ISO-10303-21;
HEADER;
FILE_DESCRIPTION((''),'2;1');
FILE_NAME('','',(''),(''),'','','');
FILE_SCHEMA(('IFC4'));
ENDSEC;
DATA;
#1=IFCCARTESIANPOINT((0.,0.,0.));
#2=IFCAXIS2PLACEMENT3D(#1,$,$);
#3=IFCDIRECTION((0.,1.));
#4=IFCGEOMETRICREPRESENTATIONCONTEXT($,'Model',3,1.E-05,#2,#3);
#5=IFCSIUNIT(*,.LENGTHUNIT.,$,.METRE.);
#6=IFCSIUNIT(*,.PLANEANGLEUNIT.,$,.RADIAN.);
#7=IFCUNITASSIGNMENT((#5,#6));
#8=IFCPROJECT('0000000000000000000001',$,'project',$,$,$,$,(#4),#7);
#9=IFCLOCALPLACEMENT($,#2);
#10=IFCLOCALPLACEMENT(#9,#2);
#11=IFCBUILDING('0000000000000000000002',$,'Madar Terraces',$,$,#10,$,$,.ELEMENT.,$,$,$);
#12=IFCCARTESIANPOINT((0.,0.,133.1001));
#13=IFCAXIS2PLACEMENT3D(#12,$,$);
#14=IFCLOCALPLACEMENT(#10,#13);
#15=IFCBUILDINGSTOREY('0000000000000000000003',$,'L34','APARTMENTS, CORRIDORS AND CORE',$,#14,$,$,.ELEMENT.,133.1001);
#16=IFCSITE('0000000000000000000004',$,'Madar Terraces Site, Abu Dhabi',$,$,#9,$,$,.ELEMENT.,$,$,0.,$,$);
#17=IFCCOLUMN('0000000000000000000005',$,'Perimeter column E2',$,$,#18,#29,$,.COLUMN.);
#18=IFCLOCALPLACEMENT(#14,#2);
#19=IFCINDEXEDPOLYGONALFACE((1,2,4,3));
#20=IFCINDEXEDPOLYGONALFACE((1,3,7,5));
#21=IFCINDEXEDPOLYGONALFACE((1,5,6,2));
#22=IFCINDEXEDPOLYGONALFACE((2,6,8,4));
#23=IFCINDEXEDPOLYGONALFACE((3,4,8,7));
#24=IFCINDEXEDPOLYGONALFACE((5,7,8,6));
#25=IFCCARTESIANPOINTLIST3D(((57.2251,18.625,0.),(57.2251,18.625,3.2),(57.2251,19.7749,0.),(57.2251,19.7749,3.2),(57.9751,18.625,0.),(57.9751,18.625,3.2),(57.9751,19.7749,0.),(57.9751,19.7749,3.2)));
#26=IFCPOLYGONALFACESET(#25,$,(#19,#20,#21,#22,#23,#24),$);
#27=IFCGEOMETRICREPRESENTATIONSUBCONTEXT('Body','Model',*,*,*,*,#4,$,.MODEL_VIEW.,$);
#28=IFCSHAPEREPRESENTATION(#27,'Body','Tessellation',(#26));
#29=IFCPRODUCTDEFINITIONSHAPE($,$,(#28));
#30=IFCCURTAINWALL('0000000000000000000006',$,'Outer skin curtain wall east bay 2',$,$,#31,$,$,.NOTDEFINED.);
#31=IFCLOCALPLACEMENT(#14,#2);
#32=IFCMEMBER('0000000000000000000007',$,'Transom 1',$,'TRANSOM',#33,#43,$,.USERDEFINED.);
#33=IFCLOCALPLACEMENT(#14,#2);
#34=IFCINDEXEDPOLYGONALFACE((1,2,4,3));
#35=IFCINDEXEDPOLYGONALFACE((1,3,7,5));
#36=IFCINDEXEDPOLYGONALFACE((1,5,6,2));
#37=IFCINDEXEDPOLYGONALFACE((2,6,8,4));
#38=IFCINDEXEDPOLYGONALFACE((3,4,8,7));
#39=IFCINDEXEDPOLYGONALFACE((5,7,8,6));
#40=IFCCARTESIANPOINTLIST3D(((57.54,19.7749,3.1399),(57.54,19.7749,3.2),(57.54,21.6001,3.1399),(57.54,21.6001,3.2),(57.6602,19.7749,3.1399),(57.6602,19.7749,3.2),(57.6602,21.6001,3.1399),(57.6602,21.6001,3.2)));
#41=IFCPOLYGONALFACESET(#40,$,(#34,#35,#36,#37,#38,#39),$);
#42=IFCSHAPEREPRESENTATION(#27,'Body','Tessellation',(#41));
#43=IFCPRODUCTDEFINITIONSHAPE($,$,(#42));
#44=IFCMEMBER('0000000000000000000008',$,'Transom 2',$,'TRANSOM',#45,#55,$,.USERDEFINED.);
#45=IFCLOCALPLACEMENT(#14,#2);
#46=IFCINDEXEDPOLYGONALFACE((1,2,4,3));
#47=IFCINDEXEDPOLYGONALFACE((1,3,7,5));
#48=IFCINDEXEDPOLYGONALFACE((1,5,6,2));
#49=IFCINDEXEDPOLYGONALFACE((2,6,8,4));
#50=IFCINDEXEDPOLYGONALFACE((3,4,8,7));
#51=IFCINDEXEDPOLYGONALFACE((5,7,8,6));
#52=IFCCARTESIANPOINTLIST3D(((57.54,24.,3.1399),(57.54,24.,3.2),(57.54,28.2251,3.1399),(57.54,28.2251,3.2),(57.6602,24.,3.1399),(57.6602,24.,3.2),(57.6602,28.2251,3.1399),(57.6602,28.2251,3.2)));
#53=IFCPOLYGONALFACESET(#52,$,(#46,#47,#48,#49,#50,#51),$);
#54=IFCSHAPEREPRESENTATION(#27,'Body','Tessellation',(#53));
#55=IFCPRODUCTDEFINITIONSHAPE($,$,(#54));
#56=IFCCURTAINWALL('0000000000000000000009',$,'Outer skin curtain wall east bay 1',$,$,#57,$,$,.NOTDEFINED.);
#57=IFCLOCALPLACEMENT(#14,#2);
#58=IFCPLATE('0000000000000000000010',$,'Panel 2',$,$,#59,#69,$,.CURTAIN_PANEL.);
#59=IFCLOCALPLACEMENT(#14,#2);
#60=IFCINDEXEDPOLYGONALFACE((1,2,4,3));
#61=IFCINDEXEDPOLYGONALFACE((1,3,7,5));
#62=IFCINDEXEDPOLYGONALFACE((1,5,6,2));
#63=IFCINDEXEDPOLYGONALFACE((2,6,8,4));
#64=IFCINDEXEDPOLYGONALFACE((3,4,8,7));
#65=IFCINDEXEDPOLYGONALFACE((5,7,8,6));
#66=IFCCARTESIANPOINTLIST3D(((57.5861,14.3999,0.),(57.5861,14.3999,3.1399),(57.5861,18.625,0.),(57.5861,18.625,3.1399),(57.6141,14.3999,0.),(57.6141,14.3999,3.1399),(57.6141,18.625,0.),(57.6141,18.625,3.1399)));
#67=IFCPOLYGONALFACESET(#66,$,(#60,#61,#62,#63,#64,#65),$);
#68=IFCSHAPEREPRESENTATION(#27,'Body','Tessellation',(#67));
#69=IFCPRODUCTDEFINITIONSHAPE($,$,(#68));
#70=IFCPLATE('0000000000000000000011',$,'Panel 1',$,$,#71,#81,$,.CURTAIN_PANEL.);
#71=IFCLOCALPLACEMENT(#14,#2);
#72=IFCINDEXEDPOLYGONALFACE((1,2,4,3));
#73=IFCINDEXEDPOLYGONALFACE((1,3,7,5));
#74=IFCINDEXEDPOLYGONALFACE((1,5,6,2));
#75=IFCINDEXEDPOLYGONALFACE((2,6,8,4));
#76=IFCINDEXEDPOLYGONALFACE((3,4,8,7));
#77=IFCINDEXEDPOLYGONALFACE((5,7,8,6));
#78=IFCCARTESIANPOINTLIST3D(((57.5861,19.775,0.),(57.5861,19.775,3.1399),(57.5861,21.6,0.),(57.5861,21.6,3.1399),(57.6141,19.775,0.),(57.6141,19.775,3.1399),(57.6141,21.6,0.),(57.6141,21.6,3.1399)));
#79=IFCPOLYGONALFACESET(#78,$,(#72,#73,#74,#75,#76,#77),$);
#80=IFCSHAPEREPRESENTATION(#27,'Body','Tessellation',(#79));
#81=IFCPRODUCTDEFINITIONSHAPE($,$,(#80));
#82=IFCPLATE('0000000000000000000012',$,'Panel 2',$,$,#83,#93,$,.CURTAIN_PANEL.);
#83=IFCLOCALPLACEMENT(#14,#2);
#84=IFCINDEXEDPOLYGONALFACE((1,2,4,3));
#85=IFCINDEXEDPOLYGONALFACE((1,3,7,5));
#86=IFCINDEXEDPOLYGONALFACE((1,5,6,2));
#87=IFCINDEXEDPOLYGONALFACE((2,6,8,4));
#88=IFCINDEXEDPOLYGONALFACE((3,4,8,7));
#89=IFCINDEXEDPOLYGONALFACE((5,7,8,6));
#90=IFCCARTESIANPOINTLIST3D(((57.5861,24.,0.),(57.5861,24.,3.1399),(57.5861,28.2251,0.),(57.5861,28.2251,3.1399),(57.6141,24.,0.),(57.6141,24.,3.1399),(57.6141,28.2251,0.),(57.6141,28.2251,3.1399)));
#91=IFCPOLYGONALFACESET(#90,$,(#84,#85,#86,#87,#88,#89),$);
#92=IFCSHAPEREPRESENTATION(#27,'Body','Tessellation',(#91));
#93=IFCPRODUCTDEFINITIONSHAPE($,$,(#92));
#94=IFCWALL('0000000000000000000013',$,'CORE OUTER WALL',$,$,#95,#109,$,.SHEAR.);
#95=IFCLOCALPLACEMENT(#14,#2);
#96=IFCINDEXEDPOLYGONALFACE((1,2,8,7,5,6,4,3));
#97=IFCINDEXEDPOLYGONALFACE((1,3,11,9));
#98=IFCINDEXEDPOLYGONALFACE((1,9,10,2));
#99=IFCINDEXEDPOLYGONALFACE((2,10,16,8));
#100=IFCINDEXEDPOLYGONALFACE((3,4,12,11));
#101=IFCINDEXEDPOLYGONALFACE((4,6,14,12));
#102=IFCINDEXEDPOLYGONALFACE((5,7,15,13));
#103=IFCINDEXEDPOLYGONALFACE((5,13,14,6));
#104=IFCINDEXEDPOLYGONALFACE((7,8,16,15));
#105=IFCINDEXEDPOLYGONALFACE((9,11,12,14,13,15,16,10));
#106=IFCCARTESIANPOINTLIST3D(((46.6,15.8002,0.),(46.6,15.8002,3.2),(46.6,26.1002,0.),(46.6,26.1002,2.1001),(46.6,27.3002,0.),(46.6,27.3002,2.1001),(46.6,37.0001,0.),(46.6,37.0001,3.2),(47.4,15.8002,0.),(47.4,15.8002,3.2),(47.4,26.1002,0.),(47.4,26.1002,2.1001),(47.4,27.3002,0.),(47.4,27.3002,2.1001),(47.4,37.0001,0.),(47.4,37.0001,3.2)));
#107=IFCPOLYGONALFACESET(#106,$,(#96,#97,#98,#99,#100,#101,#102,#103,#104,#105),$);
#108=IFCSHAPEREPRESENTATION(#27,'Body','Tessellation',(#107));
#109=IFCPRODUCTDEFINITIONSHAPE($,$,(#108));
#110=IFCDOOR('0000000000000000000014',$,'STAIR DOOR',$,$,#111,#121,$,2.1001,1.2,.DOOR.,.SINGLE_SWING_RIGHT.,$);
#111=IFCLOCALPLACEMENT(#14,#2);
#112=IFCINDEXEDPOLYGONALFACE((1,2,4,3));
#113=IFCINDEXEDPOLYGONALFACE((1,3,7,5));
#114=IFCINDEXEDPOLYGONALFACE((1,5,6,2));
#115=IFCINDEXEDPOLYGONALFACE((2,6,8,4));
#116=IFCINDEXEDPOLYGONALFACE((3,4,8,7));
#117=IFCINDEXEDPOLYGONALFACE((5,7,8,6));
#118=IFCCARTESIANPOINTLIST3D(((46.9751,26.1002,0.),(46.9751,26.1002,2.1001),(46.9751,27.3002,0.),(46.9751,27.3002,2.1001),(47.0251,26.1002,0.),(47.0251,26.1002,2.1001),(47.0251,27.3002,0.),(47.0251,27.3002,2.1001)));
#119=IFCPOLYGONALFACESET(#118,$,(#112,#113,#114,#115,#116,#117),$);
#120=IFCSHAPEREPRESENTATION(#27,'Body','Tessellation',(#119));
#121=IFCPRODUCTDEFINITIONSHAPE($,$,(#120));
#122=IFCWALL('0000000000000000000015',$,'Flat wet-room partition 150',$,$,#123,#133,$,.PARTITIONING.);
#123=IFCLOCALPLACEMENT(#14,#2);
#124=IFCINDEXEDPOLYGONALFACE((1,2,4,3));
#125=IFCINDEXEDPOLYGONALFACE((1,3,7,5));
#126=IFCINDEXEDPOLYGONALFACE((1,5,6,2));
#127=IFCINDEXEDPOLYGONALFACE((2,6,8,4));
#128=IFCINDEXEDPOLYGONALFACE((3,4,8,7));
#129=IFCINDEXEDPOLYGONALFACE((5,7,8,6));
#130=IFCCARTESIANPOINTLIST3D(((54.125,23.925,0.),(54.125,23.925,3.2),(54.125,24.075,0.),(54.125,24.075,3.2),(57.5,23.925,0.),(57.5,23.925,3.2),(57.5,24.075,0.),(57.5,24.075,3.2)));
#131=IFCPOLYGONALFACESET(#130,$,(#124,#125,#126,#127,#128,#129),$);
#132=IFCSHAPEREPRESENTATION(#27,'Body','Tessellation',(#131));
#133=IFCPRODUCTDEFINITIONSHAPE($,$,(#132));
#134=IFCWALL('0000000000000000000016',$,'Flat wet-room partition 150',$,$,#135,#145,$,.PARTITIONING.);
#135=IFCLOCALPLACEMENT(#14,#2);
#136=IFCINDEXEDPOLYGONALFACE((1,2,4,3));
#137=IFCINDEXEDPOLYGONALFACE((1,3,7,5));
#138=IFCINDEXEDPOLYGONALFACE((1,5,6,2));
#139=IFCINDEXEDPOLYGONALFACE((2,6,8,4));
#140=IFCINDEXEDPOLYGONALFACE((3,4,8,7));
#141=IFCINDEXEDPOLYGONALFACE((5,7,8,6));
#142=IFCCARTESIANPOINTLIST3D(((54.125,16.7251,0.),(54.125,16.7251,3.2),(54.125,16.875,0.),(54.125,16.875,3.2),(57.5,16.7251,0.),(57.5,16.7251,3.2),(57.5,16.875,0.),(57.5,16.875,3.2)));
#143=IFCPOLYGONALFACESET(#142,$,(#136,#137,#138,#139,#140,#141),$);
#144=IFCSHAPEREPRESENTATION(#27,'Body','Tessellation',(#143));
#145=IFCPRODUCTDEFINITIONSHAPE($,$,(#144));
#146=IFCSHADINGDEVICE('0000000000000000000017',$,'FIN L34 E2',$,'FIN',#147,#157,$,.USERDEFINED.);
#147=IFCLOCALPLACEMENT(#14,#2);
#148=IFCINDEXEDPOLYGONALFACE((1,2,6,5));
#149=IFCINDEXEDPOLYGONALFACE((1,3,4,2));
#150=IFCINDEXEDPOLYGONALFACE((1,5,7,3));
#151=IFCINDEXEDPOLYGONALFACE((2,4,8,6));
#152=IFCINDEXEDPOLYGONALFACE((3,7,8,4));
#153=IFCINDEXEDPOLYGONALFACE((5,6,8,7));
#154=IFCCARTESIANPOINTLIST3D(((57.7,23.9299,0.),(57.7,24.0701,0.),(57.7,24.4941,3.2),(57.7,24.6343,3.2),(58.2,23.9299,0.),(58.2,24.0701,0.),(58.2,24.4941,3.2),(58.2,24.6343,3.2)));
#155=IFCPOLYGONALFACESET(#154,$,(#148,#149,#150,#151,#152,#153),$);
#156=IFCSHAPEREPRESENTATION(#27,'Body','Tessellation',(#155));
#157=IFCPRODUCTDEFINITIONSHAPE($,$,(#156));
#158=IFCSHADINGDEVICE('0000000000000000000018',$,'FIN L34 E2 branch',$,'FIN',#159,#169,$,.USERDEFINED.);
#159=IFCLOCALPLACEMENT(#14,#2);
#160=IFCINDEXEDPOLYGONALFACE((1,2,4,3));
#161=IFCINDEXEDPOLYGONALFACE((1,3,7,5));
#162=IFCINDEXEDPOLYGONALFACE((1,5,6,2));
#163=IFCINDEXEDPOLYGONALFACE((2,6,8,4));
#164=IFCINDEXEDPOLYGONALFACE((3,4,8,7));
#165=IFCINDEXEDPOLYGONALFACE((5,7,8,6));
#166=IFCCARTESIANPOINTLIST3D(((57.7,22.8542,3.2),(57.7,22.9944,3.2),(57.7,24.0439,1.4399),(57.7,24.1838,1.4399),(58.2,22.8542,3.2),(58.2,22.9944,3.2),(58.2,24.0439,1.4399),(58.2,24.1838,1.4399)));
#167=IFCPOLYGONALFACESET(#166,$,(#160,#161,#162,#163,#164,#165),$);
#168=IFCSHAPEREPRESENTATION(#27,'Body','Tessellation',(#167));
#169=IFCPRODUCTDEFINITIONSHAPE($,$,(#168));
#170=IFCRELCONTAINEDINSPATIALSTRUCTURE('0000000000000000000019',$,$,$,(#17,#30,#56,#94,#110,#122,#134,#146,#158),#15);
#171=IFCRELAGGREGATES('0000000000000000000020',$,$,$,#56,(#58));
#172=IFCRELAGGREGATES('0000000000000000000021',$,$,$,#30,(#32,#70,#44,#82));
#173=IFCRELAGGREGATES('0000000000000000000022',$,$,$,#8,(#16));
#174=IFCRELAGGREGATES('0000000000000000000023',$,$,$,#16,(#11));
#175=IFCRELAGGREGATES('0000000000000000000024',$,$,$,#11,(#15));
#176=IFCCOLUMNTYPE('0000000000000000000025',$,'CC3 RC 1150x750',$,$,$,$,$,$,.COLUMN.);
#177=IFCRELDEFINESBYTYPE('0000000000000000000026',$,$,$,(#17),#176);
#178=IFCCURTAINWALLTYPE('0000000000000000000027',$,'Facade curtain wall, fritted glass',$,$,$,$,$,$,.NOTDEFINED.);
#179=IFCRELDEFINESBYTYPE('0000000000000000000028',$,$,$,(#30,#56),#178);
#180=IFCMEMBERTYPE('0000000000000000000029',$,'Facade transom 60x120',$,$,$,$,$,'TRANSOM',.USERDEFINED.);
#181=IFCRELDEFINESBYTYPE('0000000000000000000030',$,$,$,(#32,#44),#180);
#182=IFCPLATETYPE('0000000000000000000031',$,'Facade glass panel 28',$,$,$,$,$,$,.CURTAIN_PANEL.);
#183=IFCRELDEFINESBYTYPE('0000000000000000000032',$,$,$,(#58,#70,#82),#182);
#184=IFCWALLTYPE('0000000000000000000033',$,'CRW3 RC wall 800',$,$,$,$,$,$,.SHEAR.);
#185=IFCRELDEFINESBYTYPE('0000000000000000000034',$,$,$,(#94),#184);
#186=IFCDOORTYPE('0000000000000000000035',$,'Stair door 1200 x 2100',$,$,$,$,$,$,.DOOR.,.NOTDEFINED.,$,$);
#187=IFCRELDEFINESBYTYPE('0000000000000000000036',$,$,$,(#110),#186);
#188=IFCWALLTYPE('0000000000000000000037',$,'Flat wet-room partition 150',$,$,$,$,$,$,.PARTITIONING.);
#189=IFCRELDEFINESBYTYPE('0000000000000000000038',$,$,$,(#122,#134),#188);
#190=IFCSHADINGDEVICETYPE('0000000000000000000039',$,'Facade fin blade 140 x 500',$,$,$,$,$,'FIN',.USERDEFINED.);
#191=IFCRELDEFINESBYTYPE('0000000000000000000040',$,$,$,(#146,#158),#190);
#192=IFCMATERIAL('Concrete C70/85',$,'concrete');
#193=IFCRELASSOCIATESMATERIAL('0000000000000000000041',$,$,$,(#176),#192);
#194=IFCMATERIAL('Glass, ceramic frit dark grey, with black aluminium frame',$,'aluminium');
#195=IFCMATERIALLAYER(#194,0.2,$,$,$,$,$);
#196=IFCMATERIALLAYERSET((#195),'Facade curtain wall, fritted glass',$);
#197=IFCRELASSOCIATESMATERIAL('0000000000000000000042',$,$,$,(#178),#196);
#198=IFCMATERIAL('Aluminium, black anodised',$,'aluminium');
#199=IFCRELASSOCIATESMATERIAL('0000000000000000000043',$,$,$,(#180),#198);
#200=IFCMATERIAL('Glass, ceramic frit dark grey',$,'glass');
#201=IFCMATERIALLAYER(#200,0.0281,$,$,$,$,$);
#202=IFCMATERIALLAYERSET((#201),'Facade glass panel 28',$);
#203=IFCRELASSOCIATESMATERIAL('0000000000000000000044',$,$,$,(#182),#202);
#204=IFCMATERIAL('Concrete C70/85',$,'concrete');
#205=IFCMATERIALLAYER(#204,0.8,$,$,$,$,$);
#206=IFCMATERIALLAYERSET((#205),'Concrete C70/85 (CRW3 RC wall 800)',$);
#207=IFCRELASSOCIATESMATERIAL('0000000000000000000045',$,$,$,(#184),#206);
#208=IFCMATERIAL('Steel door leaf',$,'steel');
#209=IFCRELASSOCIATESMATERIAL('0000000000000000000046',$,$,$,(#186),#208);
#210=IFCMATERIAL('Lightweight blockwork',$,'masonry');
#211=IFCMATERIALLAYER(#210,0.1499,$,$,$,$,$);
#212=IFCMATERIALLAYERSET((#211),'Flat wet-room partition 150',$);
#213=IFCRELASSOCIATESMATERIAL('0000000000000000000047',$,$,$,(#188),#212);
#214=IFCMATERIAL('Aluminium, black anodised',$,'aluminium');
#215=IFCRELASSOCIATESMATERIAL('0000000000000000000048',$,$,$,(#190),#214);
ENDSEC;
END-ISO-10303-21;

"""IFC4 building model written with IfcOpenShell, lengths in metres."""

from ifc_helpers import new_model, si_unit, direction, frame, frame_2d, origin, origin_2d, place, context, subcontext, project, spatial, polyline, rectangle, outline, extrude, material, layer, layer_set, material_profile, profile_set, type_object, element, fill, aggregate, save


model = new_model("IFC4")

# Units and contexts
model_context = context("Model", 3, precision=1e-05, world=origin(), true_north=direction((0.0, 1.0)))
body_context = subcontext(model_context, "Body", "Model", "MODEL_VIEW")
ifc_project = project(units=[si_unit("LENGTHUNIT", "METRE"), si_unit("PLANEANGLEUNIT", "RADIAN")], contexts=[model_context])

# Site, building, storey
site_placement = place(None, origin())
site = spatial("IfcSite", under=ifc_project, at=site_placement, Name="Madar Terraces Site, Abu Dhabi", CompositionType="ELEMENT", RefElevation=0.0)
building_placement = place(site_placement, origin())
building = spatial("IfcBuilding", under=site, at=building_placement, Name="Madar Terraces", CompositionType="ELEMENT")
storey_placement = place(building_placement, frame((0.0, 0.0, 133.1001)))
storey = spatial("IfcBuildingStorey", under=building, at=storey_placement, Name="L34", Description="APARTMENTS, CORRIDORS AND CORE", CompositionType="ELEMENT", Elevation=133.1001)

# Column
ifc_material_1 = material(Name="Concrete C70/85", Category="concrete")
ifc_material_profile_1 = material_profile(ifc_material_1, rectangle(XDim=1.1499, YDim=0.75, at=origin_2d()), Name="CC3 RC 1150x750")
ifc_profile_set_1 = profile_set([ifc_material_profile_1], Name="Concrete C70/85")
column_type = type_object("IfcColumnType", Name="CC3 RC 1150x750", PredefinedType="COLUMN", material=ifc_profile_set_1)
column_placement = place(storey_placement, frame((57.6001, 19.2, 0.0), z_axis=(0.0, 0.0, 1.0), x_axis=(0.0, 1.0, 0.0)))
element("IfcColumn", 1, at=column_placement, inside=storey, type_object=column_type, Name="Perimeter column E2", PredefinedType="COLUMN", context=body_context, shape_type="SweptSolid", body=[
    extrude(rectangle(XDim=1.1499, YDim=0.75, at=origin_2d()), origin(), (0.0, 0.0, 1.0), 3.2),
])

# Curtain wall, members
ifc_material_2 = material(Name="Glass, ceramic frit dark grey, with black aluminium frame", Category="aluminium")
ifc_layer_1 = layer(ifc_material_2, 0.2)
ifc_layer_set_1 = layer_set([ifc_layer_1], Name="Facade curtain wall, fritted glass")
curtain_wall_type = type_object("IfcCurtainWallType", Name="Facade curtain wall, fritted glass", PredefinedType="NOTDEFINED", material=ifc_layer_set_1)
curtain_wall_1_placement = place(storey_placement, origin())
curtain_wall_1 = element("IfcCurtainWall", 2, at=curtain_wall_1_placement, inside=storey, type_object=curtain_wall_type, Name="Outer skin curtain wall east bay 2", PredefinedType="NOTDEFINED")
ifc_material_3 = material(Name="Aluminium, black anodised", Category="aluminium")
ifc_material_profile_2 = material_profile(ifc_material_3, rectangle(XDim=0.1201, YDim=0.0601, at=origin_2d()), Name="Facade transom 60x120")
ifc_profile_set_2 = profile_set([ifc_material_profile_2], Name="Aluminium, black anodised")
member_type = type_object("IfcMemberType", Name="Facade transom 60x120", ElementType="TRANSOM", PredefinedType="USERDEFINED", material=ifc_profile_set_2)
member_1_placement = place(storey_placement, frame((57.6001, 19.7749, 3.1699), z_axis=(0.0, 1.0, 0.0), x_axis=(-1.0, 0.0, 0.0)))
member_1 = element("IfcMember", 3, at=member_1_placement, type_object=member_type, Name="Transom 1", ObjectType="TRANSOM", PredefinedType="USERDEFINED", context=body_context, shape_type="SweptSolid", body=[
    extrude(rectangle(XDim=0.1201, YDim=0.0601, at=origin_2d()), origin(), (0.0, 0.0, 1.0), 1.8252),
])
member_2_placement = place(storey_placement, frame((57.6001, 24.0, 3.1699), z_axis=(0.0, 1.0, 0.0), x_axis=(-1.0, 0.0, 0.0)))
member_2 = element("IfcMember", 4, at=member_2_placement, type_object=member_type, Name="Transom 2", ObjectType="TRANSOM", PredefinedType="USERDEFINED", context=body_context, shape_type="SweptSolid", body=[
    extrude(rectangle(XDim=0.1201, YDim=0.0601, at=origin_2d()), origin(), (0.0, 0.0, 1.0), 4.2251),
])

# Curtain wall, plate
curtain_wall_2_placement = place(storey_placement, origin())
curtain_wall_2 = element("IfcCurtainWall", 5, at=curtain_wall_2_placement, inside=storey, type_object=curtain_wall_type, Name="Outer skin curtain wall east bay 1", PredefinedType="NOTDEFINED")
ifc_material_4 = material(Name="Glass, ceramic frit dark grey", Category="glass")
ifc_layer_2 = layer(ifc_material_4, 0.0281)
ifc_layer_set_2 = layer_set([ifc_layer_2], Name="Facade glass panel 28")
plate_type = type_object("IfcPlateType", Name="Facade glass panel 28", PredefinedType="CURTAIN_PANEL", material=ifc_layer_set_2)
plate_1_placement = place(storey_placement, frame((57.6001, 16.5125, 0.0), z_axis=(0.0, 0.0, 1.0), x_axis=(0.0, 1.0, 0.0)))
plate_1 = element("IfcPlate", 6, at=plate_1_placement, type_object=plate_type, Name="Panel 2", PredefinedType="CURTAIN_PANEL", context=body_context, shape_type="SweptSolid", body=[
    extrude(rectangle(XDim=4.2251, YDim=0.0281, at=origin_2d()), origin(), (0.0, 0.0, 1.0), 3.1399),
])
aggregate(curtain_wall_2, [plate_1])

# Plates
plate_2_placement = place(storey_placement, frame((57.6001, 20.6875, 0.0), z_axis=(0.0, 0.0, 1.0), x_axis=(0.0, 1.0, 0.0)))
plate_2 = element("IfcPlate", 7, at=plate_2_placement, type_object=plate_type, Name="Panel 1", PredefinedType="CURTAIN_PANEL", context=body_context, shape_type="SweptSolid", body=[
    extrude(rectangle(XDim=1.825, YDim=0.0281, at=origin_2d()), origin(), (0.0, 0.0, 1.0), 3.1399),
])
plate_3_placement = place(storey_placement, frame((57.6001, 26.1125, 0.0), z_axis=(0.0, 0.0, 1.0), x_axis=(0.0, 1.0, 0.0)))
plate_3 = element("IfcPlate", 8, at=plate_3_placement, type_object=plate_type, Name="Panel 2", PredefinedType="CURTAIN_PANEL", context=body_context, shape_type="SweptSolid", body=[
    extrude(rectangle(XDim=4.2251, YDim=0.0281, at=origin_2d()), origin(), (0.0, 0.0, 1.0), 3.1399),
])
aggregate(curtain_wall_1, [member_1, plate_2, member_2, plate_3])

# Wall, opening, door
ifc_material_5 = material(Name="Concrete C70/85", Category="concrete")
ifc_layer_3 = layer(ifc_material_5, 0.8)
ifc_layer_set_3 = layer_set([ifc_layer_3], Name="Concrete C70/85 (CRW3 RC wall 800)")
wall_type_1 = type_object("IfcWallType", Name="CRW3 RC wall 800", PredefinedType="SHEAR", material=ifc_layer_set_3)
wall_1_placement = place(storey_placement, frame((47.0, 15.8, 0.0), z_axis=(0.0, 0.0, 1.0), x_axis=(0.0, 1.0, 0.0)))
wall_1 = element("IfcWall", 9, at=wall_1_placement, inside=storey, type_object=wall_type_1, Name="CORE OUTER WALL", PredefinedType="SHEAR", context=body_context, shape_type="SweptSolid", body=[
    extrude(rectangle(XDim=21.2, YDim=0.8, at=frame_2d((10.6001, 0.0))), origin(), (0.0, 0.0, 1.0), 3.2),
])
opening_1_placement = place(wall_1_placement, frame((10.3, 0.0, 0.0)))
opening_1 = element("IfcOpeningElement", 10, at=opening_1_placement, cuts=wall_1, PredefinedType="OPENING", context=body_context, shape_type="SweptSolid", body=[
    extrude(rectangle(XDim=1.2, YDim=2.1001, at=frame_2d((0.6001, 1.05))), frame((0.0, 0.4099, 0.0), z_axis=(0.0, -1.0, 0.0), x_axis=(1.0, 0.0, 0.0)), (0.0, 0.0, 1.0), 0.8201),
])
ifc_material_6 = material(Name="Steel door leaf", Category="steel")
door_type_1 = type_object("IfcDoorType", Name="Stair door 1200 x 2100", OperationType="NOTDEFINED", PredefinedType="DOOR", material=ifc_material_6)
door_1_placement = place(opening_1_placement, origin())
door_1 = element("IfcDoor", 11, at=door_1_placement, inside=storey, type_object=door_type_1, Name="STAIR DOOR", OperationType="SINGLE_SWING_RIGHT", OverallHeight=2.1001, OverallWidth=1.2, PredefinedType="DOOR", context=body_context, shape_type="SweptSolid", body=[
    extrude(rectangle(XDim=1.2, YDim=2.1001, at=frame_2d((0.6001, 1.05))), frame((0.0, 0.0249, 0.0), z_axis=(0.0, -1.0, 0.0), x_axis=(1.0, 0.0, 0.0)), (0.0, 0.0, 1.0), 0.05),
])
fill(opening_1, door_1)

# Walls
ifc_material_7 = material(Name="Lightweight blockwork", Category="masonry")
ifc_layer_4 = layer(ifc_material_7, 0.1499)
ifc_layer_set_4 = layer_set([ifc_layer_4], Name="Flat wet-room partition 150")
wall_type_2 = type_object("IfcWallType", Name="Flat wet-room partition 150", PredefinedType="PARTITIONING", material=ifc_layer_set_4)
for number, where, z_axis, x_axis, name in (
    (12, (54.125, 24.0, 0.0), (0.0, 0.0, 1.0), (1.0, 0.0, 0.0), "Flat wet-room partition 150"),
    (13, (54.125, 16.8, 0.0), (0.0, 0.0, 1.0), (1.0, 0.0, 0.0), "Flat wet-room partition 150"),
):
    element("IfcWall", number, at=place(storey_placement, frame(where, z_axis=z_axis, x_axis=x_axis)), inside=storey, type_object=wall_type_2, Name=name, PredefinedType="PARTITIONING", context=body_context, shape_type="SweptSolid", body=[
        extrude(rectangle(XDim=3.375, YDim=0.1499, at=frame_2d((1.6875, 0.0))), origin(), (0.0, 0.0, 1.0), 3.2),
    ])

# Shading devices
ifc_material_8 = material(Name="Aluminium, black anodised", Category="aluminium")
shading_device_type = type_object("IfcShadingDeviceType", Name="Facade fin blade 140 x 500", ElementType="FIN", PredefinedType="USERDEFINED", material=ifc_material_8)
shading_device_1_placement = place(storey_placement, frame((57.95, 23.9299, 0.0), z_axis=(0.0, 0.0, 1.0), x_axis=(0.0, 1.0, 0.0)))
element("IfcShadingDevice", 14, at=shading_device_1_placement, inside=storey, type_object=shading_device_type, Name="FIN L34 E2", ObjectType="FIN", PredefinedType="USERDEFINED", context=body_context, shape_type="SweptSolid", body=[
    extrude(outline(polyline([(0.0, 0.0), (0.1401, 0.0), (0.7043, 3.2), (0.5642, 3.2), (0.0, 0.0)])), frame((0.0, 0.25, 0.0), z_axis=(0.0, -1.0, 0.0), x_axis=(1.0, 0.0, 0.0)), (0.0, 0.0, 1.0), 0.5),
])
shading_device_2_placement = place(storey_placement, frame((57.95, 24.0439, 1.4399), z_axis=(0.0, 0.0, 1.0), x_axis=(0.0, 1.0, 0.0)))
element("IfcShadingDevice", 15, at=shading_device_2_placement, inside=storey, type_object=shading_device_type, Name="FIN L34 E2 branch", ObjectType="FIN", PredefinedType="USERDEFINED", context=body_context, shape_type="SweptSolid", body=[
    extrude(outline(polyline([(0.0, 0.0), (0.1399, 0.0), (-1.0496, 1.76), (-1.1897, 1.76), (0.0, 0.0)])), frame((0.0, 0.25, 0.0), z_axis=(0.0, -1.0, 0.0), x_axis=(1.0, 0.0, 0.0)), (0.0, 0.0, 1.0), 0.5),
])

save(model, "model.ifc")
